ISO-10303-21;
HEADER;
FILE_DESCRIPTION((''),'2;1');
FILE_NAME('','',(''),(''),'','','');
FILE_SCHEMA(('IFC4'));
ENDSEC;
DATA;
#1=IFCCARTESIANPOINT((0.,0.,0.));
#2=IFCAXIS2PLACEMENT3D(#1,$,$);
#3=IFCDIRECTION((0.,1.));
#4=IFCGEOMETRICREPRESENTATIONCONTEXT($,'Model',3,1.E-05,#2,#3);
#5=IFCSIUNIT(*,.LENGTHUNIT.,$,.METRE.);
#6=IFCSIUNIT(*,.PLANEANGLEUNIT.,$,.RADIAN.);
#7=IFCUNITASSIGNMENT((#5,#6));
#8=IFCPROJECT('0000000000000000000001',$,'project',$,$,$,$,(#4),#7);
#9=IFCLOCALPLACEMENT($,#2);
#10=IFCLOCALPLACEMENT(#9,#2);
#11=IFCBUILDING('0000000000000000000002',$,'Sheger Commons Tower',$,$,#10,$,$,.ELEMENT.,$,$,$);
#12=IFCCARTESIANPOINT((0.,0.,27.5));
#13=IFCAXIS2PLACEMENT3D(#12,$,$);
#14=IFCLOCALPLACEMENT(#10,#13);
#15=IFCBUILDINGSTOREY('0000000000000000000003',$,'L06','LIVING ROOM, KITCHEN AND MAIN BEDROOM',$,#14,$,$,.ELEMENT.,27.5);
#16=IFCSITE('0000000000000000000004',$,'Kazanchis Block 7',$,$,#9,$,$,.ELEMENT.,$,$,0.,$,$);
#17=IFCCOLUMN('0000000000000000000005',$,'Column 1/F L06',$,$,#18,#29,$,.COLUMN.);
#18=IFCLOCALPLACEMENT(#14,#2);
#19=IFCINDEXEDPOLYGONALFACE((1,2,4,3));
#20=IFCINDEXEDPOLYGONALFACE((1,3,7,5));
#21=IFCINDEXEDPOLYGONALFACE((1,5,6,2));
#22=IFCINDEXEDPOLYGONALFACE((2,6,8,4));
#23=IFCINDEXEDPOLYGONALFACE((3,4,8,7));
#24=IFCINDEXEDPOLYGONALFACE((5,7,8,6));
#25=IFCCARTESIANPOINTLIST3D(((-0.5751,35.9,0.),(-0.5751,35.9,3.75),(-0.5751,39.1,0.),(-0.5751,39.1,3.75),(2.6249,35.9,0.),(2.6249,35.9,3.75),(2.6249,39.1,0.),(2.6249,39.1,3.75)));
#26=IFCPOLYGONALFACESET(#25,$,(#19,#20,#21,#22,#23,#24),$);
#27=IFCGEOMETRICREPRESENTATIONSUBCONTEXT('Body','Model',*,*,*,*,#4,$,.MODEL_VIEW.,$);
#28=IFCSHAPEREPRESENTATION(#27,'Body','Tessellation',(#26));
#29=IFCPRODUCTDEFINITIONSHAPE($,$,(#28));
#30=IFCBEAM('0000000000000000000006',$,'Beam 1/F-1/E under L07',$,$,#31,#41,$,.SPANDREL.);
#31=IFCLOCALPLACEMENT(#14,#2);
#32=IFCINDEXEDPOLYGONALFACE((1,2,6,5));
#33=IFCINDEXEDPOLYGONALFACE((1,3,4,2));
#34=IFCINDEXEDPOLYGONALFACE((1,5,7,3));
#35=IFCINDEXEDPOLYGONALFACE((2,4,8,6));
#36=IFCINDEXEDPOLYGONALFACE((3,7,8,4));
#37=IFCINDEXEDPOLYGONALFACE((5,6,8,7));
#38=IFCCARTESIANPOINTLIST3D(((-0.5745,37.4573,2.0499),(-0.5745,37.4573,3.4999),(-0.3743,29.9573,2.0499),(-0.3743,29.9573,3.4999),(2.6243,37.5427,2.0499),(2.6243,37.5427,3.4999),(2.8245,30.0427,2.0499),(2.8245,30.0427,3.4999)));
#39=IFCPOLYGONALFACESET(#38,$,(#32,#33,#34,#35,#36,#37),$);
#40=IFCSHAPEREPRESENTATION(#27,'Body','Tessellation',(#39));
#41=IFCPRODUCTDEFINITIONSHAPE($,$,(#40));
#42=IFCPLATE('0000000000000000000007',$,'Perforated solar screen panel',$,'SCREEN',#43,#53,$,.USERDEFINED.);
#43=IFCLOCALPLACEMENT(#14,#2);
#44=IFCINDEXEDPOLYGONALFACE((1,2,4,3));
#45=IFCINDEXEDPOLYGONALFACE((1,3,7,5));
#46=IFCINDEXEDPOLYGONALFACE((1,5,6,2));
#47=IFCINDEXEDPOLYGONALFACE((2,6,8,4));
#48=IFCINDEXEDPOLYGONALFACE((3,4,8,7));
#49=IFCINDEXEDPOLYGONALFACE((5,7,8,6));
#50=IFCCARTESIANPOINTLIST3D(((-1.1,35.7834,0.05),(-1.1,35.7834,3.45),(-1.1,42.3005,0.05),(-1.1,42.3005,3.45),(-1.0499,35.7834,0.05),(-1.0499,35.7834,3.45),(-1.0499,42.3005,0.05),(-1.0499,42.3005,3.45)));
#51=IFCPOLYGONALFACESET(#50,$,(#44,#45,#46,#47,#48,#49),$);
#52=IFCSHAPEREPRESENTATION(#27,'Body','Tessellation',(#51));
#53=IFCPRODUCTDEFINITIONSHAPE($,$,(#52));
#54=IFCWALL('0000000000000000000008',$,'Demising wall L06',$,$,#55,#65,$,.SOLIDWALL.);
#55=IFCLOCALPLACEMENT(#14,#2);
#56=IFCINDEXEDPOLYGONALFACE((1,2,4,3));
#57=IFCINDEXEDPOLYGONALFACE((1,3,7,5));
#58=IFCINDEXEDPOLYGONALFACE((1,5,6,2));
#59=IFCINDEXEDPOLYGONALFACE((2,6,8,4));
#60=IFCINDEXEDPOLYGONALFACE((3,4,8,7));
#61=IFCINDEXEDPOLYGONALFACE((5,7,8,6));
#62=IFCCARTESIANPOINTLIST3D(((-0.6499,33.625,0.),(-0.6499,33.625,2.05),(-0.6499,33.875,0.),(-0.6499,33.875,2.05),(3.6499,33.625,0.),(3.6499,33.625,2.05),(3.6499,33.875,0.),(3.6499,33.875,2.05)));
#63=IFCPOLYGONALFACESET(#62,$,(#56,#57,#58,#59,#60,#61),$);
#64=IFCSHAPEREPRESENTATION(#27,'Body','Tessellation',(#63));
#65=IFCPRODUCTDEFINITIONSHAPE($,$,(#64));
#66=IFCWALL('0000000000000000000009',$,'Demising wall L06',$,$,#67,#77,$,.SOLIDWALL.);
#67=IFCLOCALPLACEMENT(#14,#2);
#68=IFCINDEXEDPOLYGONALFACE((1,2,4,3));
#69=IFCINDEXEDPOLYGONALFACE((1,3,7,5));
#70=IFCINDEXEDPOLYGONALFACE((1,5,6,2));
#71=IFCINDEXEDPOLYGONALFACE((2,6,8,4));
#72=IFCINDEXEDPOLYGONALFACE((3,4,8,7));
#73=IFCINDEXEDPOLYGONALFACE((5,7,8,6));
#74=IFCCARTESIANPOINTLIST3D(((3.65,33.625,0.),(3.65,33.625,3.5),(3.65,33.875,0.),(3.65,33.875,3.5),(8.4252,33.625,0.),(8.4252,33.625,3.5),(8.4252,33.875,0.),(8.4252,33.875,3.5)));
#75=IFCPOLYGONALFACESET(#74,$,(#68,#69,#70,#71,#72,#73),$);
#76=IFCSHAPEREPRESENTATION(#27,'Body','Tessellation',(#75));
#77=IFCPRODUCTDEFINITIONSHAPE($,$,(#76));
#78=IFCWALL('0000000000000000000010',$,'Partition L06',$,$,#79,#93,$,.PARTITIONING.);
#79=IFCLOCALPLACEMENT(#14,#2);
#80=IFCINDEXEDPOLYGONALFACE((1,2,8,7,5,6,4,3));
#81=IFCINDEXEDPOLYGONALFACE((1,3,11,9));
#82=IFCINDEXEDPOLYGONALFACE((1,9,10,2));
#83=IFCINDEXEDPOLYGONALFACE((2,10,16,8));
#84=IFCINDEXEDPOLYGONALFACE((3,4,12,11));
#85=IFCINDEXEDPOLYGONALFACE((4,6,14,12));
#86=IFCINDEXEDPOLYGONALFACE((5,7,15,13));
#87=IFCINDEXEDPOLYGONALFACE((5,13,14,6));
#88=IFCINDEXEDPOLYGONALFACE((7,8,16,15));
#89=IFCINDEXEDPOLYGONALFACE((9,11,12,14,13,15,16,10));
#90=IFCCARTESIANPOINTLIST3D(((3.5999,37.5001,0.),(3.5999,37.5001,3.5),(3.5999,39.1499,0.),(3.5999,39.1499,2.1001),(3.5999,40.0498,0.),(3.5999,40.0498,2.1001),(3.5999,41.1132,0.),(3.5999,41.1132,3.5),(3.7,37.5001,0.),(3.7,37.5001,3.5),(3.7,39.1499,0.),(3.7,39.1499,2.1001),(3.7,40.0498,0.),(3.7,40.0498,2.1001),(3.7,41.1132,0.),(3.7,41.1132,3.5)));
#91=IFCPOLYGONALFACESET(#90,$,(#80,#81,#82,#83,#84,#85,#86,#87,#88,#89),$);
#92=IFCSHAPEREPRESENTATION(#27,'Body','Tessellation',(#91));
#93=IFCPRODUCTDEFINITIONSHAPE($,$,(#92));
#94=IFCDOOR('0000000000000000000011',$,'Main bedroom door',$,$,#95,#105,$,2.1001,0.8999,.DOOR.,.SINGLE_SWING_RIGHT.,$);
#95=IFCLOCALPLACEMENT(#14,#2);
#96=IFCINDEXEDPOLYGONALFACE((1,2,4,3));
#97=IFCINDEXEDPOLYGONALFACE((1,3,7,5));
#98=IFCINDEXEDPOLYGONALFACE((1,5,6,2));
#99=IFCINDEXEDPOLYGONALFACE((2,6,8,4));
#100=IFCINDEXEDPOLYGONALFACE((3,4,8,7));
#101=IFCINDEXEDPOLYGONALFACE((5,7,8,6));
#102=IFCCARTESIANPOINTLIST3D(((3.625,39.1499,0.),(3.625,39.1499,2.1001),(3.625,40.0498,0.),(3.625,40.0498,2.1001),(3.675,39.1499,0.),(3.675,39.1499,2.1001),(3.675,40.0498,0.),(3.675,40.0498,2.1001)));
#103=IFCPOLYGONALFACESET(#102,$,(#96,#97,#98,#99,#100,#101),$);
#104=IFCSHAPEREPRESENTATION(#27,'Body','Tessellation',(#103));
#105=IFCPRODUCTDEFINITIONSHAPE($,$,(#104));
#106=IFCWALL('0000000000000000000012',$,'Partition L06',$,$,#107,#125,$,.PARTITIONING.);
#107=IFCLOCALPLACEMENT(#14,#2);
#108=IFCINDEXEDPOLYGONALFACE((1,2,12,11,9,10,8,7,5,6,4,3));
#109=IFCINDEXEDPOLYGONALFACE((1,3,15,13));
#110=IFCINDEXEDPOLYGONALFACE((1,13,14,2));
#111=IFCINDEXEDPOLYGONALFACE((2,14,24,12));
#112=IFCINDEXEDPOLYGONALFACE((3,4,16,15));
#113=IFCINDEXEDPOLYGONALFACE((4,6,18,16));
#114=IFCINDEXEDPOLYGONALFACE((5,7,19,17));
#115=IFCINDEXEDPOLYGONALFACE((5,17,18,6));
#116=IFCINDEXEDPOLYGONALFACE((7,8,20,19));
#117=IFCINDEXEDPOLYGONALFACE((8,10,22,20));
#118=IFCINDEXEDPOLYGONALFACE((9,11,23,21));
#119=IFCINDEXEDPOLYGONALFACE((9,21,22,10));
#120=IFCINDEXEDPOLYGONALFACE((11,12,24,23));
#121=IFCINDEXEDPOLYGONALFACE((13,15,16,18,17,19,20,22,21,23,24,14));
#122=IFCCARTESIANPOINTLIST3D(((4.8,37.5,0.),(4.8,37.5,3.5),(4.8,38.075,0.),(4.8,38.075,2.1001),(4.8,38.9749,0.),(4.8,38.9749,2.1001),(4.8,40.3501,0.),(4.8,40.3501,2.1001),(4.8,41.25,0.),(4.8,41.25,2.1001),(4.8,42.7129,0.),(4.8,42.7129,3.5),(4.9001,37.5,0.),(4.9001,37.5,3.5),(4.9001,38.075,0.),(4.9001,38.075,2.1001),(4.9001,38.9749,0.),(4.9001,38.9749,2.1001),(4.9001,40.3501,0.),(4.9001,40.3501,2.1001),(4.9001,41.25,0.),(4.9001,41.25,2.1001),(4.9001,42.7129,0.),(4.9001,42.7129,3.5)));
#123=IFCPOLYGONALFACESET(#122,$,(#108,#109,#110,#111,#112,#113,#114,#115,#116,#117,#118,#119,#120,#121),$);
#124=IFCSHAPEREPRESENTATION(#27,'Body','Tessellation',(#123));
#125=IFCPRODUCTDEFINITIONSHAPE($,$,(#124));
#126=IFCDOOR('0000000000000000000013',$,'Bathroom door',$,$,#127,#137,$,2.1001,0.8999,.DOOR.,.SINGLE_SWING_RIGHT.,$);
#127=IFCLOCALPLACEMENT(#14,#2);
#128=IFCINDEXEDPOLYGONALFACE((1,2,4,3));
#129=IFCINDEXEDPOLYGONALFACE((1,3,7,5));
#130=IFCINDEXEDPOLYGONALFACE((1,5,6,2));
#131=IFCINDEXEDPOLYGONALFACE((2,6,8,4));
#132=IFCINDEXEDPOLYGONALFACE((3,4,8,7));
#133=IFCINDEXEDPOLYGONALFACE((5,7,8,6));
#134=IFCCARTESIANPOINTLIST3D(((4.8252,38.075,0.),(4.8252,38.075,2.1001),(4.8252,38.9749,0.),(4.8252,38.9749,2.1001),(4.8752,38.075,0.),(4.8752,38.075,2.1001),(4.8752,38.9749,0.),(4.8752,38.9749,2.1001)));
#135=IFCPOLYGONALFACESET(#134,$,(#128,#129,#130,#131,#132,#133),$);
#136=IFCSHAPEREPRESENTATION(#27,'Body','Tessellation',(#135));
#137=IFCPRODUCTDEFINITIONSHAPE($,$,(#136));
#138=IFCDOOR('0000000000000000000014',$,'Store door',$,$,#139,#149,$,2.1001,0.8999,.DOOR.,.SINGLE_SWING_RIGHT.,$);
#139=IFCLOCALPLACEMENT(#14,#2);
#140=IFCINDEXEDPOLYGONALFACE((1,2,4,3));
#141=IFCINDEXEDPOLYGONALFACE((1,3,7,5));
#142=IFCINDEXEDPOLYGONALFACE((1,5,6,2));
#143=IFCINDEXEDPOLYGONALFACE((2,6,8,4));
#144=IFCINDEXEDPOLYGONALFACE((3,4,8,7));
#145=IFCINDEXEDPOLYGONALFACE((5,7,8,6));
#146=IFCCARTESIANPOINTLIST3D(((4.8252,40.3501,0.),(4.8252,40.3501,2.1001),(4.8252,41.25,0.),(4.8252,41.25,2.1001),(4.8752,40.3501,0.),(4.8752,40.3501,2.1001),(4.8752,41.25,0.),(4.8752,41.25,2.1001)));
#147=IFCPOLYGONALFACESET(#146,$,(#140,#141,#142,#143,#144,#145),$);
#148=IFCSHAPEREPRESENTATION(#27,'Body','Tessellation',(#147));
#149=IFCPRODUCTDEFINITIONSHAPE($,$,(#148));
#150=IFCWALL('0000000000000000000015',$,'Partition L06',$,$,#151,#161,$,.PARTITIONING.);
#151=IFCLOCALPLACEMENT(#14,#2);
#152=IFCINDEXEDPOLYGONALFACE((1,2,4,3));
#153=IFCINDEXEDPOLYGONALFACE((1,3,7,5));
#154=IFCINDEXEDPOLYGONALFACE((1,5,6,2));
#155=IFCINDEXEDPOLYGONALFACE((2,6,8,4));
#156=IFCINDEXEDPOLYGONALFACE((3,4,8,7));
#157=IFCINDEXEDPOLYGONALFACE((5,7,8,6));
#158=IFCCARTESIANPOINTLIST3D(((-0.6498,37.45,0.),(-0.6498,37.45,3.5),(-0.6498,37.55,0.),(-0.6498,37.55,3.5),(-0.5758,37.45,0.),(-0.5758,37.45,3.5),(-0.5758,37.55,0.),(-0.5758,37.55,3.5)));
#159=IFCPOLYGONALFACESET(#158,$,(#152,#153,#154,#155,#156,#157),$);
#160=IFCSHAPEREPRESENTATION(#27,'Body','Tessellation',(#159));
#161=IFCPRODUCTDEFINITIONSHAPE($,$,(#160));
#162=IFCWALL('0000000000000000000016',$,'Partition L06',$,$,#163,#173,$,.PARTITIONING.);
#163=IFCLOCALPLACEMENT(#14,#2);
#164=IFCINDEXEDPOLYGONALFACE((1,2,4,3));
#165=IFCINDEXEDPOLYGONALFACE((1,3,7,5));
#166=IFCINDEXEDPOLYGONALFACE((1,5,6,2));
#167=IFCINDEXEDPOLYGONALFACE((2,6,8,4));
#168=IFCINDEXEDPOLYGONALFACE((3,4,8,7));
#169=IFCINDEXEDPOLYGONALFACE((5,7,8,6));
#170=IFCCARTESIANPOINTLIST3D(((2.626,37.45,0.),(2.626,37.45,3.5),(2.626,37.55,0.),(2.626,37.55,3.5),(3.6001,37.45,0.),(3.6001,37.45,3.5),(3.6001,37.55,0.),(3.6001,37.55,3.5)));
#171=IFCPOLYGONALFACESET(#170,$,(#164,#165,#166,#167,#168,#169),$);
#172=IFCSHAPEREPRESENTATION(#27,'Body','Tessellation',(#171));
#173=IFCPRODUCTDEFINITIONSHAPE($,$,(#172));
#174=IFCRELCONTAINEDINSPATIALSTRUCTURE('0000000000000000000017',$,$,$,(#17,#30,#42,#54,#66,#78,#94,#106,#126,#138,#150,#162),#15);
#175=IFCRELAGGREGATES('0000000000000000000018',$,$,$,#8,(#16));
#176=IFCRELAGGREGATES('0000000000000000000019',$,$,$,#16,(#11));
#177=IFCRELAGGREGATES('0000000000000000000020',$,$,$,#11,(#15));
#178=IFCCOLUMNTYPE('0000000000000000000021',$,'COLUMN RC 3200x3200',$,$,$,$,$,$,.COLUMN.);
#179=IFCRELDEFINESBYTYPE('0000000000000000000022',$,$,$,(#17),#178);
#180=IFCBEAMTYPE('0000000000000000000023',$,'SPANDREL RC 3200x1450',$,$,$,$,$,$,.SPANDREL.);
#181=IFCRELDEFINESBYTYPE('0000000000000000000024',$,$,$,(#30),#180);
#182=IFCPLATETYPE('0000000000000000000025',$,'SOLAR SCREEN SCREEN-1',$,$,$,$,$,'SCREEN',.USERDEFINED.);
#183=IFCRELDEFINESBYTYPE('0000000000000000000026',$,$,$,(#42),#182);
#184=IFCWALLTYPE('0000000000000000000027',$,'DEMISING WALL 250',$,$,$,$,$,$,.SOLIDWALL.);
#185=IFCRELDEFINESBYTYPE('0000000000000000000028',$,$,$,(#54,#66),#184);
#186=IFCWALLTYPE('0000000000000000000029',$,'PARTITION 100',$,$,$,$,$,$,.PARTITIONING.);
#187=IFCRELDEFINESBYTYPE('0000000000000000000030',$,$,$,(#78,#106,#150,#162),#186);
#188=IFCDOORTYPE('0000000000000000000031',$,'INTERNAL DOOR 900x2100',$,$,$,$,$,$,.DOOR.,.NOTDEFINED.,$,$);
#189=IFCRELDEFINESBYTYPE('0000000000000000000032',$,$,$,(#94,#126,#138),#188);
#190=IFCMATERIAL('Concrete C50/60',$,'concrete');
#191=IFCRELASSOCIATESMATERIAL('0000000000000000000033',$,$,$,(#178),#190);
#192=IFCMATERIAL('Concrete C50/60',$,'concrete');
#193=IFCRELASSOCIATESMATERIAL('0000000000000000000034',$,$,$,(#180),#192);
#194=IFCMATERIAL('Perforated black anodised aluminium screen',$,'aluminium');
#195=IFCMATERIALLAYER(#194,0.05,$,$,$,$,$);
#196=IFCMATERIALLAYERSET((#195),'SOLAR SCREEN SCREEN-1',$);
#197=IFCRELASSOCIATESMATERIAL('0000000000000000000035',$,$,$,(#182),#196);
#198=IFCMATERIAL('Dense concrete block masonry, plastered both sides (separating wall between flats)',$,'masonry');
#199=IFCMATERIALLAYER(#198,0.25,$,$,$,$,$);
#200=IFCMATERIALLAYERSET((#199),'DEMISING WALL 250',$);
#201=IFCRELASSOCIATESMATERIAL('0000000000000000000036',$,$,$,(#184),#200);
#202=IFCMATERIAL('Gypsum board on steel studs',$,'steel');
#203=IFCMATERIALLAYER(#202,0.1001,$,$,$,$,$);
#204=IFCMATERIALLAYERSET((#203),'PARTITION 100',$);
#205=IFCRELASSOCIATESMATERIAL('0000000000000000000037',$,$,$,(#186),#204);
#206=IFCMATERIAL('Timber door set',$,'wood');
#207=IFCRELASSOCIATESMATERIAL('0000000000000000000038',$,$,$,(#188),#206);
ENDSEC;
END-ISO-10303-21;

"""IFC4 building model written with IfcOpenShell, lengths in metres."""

from ifc_helpers import new_model, si_unit, direction, frame, frame_2d, origin, origin_2d, place, context, subcontext, project, spatial, rectangle, extrude, material, layer, layer_set, material_profile, profile_set, type_object, element, fill, save


model = new_model("IFC4")

# Units and contexts
model_context = context("Model", 3, precision=1e-05, world=origin(), true_north=direction((0.0, 1.0)))
body_context = subcontext(model_context, "Body", "Model", "MODEL_VIEW")
ifc_project = project(units=[si_unit("LENGTHUNIT", "METRE"), si_unit("PLANEANGLEUNIT", "RADIAN")], contexts=[model_context])

# Site, building, storey
site_placement = place(None, origin())
site = spatial("IfcSite", under=ifc_project, at=site_placement, Name="Kazanchis Block 7", CompositionType="ELEMENT", RefElevation=0.0)
building_placement = place(site_placement, origin())
building = spatial("IfcBuilding", under=site, at=building_placement, Name="Sheger Commons Tower", CompositionType="ELEMENT")
storey_placement = place(building_placement, frame((0.0, 0.0, 27.5)))
storey = spatial("IfcBuildingStorey", under=building, at=storey_placement, Name="L06", Description="LIVING ROOM, KITCHEN AND MAIN BEDROOM", CompositionType="ELEMENT", Elevation=27.5)

# Column
ifc_material_1 = material(Name="Concrete C50/60", Category="concrete")
ifc_material_profile_1 = material_profile(ifc_material_1, rectangle(XDim=3.2, YDim=3.2, at=origin_2d()), Name="RC 3200x3200")
ifc_profile_set_1 = profile_set([ifc_material_profile_1], Name="Concrete C50/60")
column_type = type_object("IfcColumnType", Name="COLUMN RC 3200x3200", PredefinedType="COLUMN", material=ifc_profile_set_1)
column_placement = place(storey_placement, frame((1.0249, 37.5, 0.0), z_axis=(0.0, 0.0, 1.0), x_axis=(1.0, 0.0, 0.0)))
element("IfcColumn", 1, at=column_placement, inside=storey, type_object=column_type, Name="Column 1/F L06", PredefinedType="COLUMN", context=body_context, shape_type="SweptSolid", body=[
    extrude(rectangle(XDim=3.2, YDim=3.2, at=origin_2d()), origin(), (0.0, 0.0, 1.0), 3.75),
])

# Beam
ifc_material_2 = material(Name="Concrete C50/60", Category="concrete")
ifc_material_profile_2 = material_profile(ifc_material_2, rectangle(XDim=3.2, YDim=1.45, at=origin_2d()), Name="RC 3200x1450")
ifc_profile_set_2 = profile_set([ifc_material_profile_2], Name="Concrete C50/60")
beam_type = type_object("IfcBeamType", Name="SPANDREL RC 3200x1450", PredefinedType="SPANDREL", material=ifc_profile_set_2)
beam_placement = place(storey_placement, frame((1.0249, 37.5, 2.7749), z_axis=(0.026683, -0.999644, 0.0), x_axis=(0.999644, 0.026683, 0.0)))
element("IfcBeam", 2, at=beam_placement, inside=storey, type_object=beam_type, Name="Beam 1/F-1/E under L07", PredefinedType="SPANDREL", context=body_context, shape_type="SweptSolid", body=[
    extrude(rectangle(XDim=3.2, YDim=1.45, at=origin_2d()), origin(), (0.0, 0.0, 1.0), 7.5027),
])

# Plate
ifc_material_3 = material(Name="Perforated black anodised aluminium screen", Category="aluminium")
ifc_layer_1 = layer(ifc_material_3, 0.05)
ifc_layer_set_1 = layer_set([ifc_layer_1], Name="SOLAR SCREEN SCREEN-1")
plate_type = type_object("IfcPlateType", Name="SOLAR SCREEN SCREEN-1", ElementType="SCREEN", PredefinedType="USERDEFINED", material=ifc_layer_set_1)
plate_placement = place(storey_placement, frame((-1.075, 39.042, 0.05), z_axis=(0.0, 0.0, 1.0), x_axis=(0.0, -1.0, 0.0)))
element("IfcPlate", 3, at=plate_placement, inside=storey, type_object=plate_type, Name="Perforated solar screen panel", ObjectType="SCREEN", PredefinedType="USERDEFINED", context=body_context, shape_type="SweptSolid", body=[
    extrude(rectangle(XDim=6.5171, YDim=0.05, at=origin_2d()), origin(), (0.0, 0.0, 1.0), 3.3999),
])

# Walls
ifc_material_4 = material(Name="Dense concrete block masonry, plastered both sides (separating wall between flats)", Category="masonry")
ifc_layer_2 = layer(ifc_material_4, 0.25)
ifc_layer_set_2 = layer_set([ifc_layer_2], Name="DEMISING WALL 250")
wall_type_1 = type_object("IfcWallType", Name="DEMISING WALL 250", PredefinedType="SOLIDWALL", material=ifc_layer_set_2)
wall_1_placement = place(storey_placement, frame((-0.6499, 33.75, 0.0), z_axis=(0.0, 0.0, 1.0), x_axis=(1.0, 0.0, 0.0)))
element("IfcWall", 4, at=wall_1_placement, inside=storey, type_object=wall_type_1, Name="Demising wall L06", PredefinedType="SOLIDWALL", context=body_context, shape_type="SweptSolid", body=[
    extrude(rectangle(XDim=4.2998, YDim=0.25, at=frame_2d((2.1499, 0.0))), origin(), (0.0, 0.0, 1.0), 2.05),
])
wall_2_placement = place(storey_placement, frame((3.6499, 33.75, 0.0), z_axis=(0.0, 0.0, 1.0), x_axis=(1.0, 0.0, 0.0)))
element("IfcWall", 5, at=wall_2_placement, inside=storey, type_object=wall_type_1, Name="Demising wall L06", PredefinedType="SOLIDWALL", context=body_context, shape_type="SweptSolid", body=[
    extrude(rectangle(XDim=4.7751, YDim=0.25, at=frame_2d((2.3877, 0.0))), origin(), (0.0, 0.0, 1.0), 3.5),
])

# Wall, opening, door
ifc_material_5 = material(Name="Gypsum board on steel studs", Category="steel")
ifc_layer_3 = layer(ifc_material_5, 0.1001)
ifc_layer_set_3 = layer_set([ifc_layer_3], Name="PARTITION 100")
wall_type_2 = type_object("IfcWallType", Name="PARTITION 100", PredefinedType="PARTITIONING", material=ifc_layer_set_3)
wall_3_placement = place(storey_placement, frame((3.6499, 37.5, 0.0), z_axis=(0.0, 0.0, 1.0), x_axis=(0.0, 1.0, 0.0)))
wall_3 = element("IfcWall", 6, at=wall_3_placement, inside=storey, type_object=wall_type_2, Name="Partition L06", PredefinedType="PARTITIONING", context=body_context, shape_type="SweptSolid", body=[
    extrude(rectangle(XDim=3.613, YDim=0.1001, at=frame_2d((1.8066, 0.0))), origin(), (0.0, 0.0, 1.0), 3.5),
])
opening_1_placement = place(wall_3_placement, frame((1.6499, 0.0, 0.0)))
opening_1 = element("IfcOpeningElement", 7, at=opening_1_placement, cuts=wall_3, PredefinedType="OPENING", context=body_context, shape_type="SweptSolid", body=[
    extrude(rectangle(XDim=0.8999, YDim=2.1001, at=frame_2d((0.45, 1.05))), frame((0.0, 0.0601, 0.0), z_axis=(0.0, -1.0, 0.0), x_axis=(1.0, 0.0, 0.0)), (0.0, 0.0, 1.0), 0.1201),
])
ifc_material_6 = material(Name="Timber door set", Category="wood")
door_type = type_object("IfcDoorType", Name="INTERNAL DOOR 900x2100", OperationType="NOTDEFINED", PredefinedType="DOOR", material=ifc_material_6)
door_1_placement = place(opening_1_placement, origin())
door_1 = element("IfcDoor", 8, at=door_1_placement, inside=storey, type_object=door_type, Name="Main bedroom door", OperationType="SINGLE_SWING_RIGHT", OverallHeight=2.1001, OverallWidth=0.8999, PredefinedType="DOOR", context=body_context, shape_type="SweptSolid", body=[
    extrude(rectangle(XDim=0.8999, YDim=2.1001, at=frame_2d((0.45, 1.05))), frame((0.0, 0.0249, 0.0), z_axis=(0.0, -1.0, 0.0), x_axis=(1.0, 0.0, 0.0)), (0.0, 0.0, 1.0), 0.05),
])
fill(opening_1, door_1)

# Wall, openings, doors
wall_4_placement = place(storey_placement, frame((4.8501, 37.5, 0.0), z_axis=(0.0, 0.0, 1.0), x_axis=(0.0, 1.0, 0.0)))
wall_4 = element("IfcWall", 9, at=wall_4_placement, inside=storey, type_object=wall_type_2, Name="Partition L06", PredefinedType="PARTITIONING", context=body_context, shape_type="SweptSolid", body=[
    extrude(rectangle(XDim=5.2129, YDim=0.1001, at=frame_2d((2.6064, 0.0))), origin(), (0.0, 0.0, 1.0), 3.5),
])
opening_2_placement = place(wall_4_placement, frame((0.575, 0.0, 0.0)))
opening_2 = element("IfcOpeningElement", 10, at=opening_2_placement, cuts=wall_4, PredefinedType="OPENING", context=body_context, shape_type="SweptSolid", body=[
    extrude(rectangle(XDim=0.8999, YDim=2.1001, at=frame_2d((0.45, 1.05))), frame((0.0, 0.0601, 0.0), z_axis=(0.0, -1.0, 0.0), x_axis=(1.0, 0.0, 0.0)), (0.0, 0.0, 1.0), 0.1201),
])
opening_3_placement = place(wall_4_placement, frame((2.8501, 0.0, 0.0)))
opening_3 = element("IfcOpeningElement", 11, at=opening_3_placement, cuts=wall_4, PredefinedType="OPENING", context=body_context, shape_type="SweptSolid", body=[
    extrude(rectangle(XDim=0.8999, YDim=2.1001, at=frame_2d((0.45, 1.05))), frame((0.0, 0.0601, 0.0), z_axis=(0.0, -1.0, 0.0), x_axis=(1.0, 0.0, 0.0)), (0.0, 0.0, 1.0), 0.1201),
])
door_2_placement = place(opening_2_placement, origin())
door_2 = element("IfcDoor", 12, at=door_2_placement, inside=storey, type_object=door_type, Name="Bathroom door", OperationType="SINGLE_SWING_RIGHT", OverallHeight=2.1001, OverallWidth=0.8999, PredefinedType="DOOR", context=body_context, shape_type="SweptSolid", body=[
    extrude(rectangle(XDim=0.8999, YDim=2.1001, at=frame_2d((0.45, 1.05))), frame((0.0, 0.0249, 0.0), z_axis=(0.0, -1.0, 0.0), x_axis=(1.0, 0.0, 0.0)), (0.0, 0.0, 1.0), 0.05),
])
fill(opening_2, door_2)
door_3_placement = place(opening_3_placement, origin())
door_3 = element("IfcDoor", 13, at=door_3_placement, inside=storey, type_object=door_type, Name="Store door", OperationType="SINGLE_SWING_RIGHT", OverallHeight=2.1001, OverallWidth=0.8999, PredefinedType="DOOR", context=body_context, shape_type="SweptSolid", body=[
    extrude(rectangle(XDim=0.8999, YDim=2.1001, at=frame_2d((0.45, 1.05))), frame((0.0, 0.0249, 0.0), z_axis=(0.0, -1.0, 0.0), x_axis=(1.0, 0.0, 0.0)), (0.0, 0.0, 1.0), 0.05),
])
fill(opening_3, door_3)

# Walls
wall_5_placement = place(storey_placement, frame((-0.6499, 37.5, 0.0), z_axis=(0.0, 0.0, 1.0), x_axis=(1.0, 0.0, 0.0)))
element("IfcWall", 14, at=wall_5_placement, inside=storey, type_object=wall_type_2, Name="Partition L06", PredefinedType="PARTITIONING", context=body_context, shape_type="SweptSolid", body=[
    extrude(rectangle(XDim=0.074, YDim=0.1001, at=frame_2d((0.0371, 0.0))), origin(), (0.0, 0.0, 1.0), 3.5),
])
wall_6_placement = place(storey_placement, frame((2.626, 37.5, 0.0), z_axis=(0.0, 0.0, 1.0), x_axis=(1.0, 0.0, 0.0)))
element("IfcWall", 15, at=wall_6_placement, inside=storey, type_object=wall_type_2, Name="Partition L06", PredefinedType="PARTITIONING", context=body_context, shape_type="SweptSolid", body=[
    extrude(rectangle(XDim=0.9741, YDim=0.1001, at=frame_2d((0.4871, 0.0))), origin(), (0.0, 0.0, 1.0), 3.5),
])

save(model, "model.ifc")
